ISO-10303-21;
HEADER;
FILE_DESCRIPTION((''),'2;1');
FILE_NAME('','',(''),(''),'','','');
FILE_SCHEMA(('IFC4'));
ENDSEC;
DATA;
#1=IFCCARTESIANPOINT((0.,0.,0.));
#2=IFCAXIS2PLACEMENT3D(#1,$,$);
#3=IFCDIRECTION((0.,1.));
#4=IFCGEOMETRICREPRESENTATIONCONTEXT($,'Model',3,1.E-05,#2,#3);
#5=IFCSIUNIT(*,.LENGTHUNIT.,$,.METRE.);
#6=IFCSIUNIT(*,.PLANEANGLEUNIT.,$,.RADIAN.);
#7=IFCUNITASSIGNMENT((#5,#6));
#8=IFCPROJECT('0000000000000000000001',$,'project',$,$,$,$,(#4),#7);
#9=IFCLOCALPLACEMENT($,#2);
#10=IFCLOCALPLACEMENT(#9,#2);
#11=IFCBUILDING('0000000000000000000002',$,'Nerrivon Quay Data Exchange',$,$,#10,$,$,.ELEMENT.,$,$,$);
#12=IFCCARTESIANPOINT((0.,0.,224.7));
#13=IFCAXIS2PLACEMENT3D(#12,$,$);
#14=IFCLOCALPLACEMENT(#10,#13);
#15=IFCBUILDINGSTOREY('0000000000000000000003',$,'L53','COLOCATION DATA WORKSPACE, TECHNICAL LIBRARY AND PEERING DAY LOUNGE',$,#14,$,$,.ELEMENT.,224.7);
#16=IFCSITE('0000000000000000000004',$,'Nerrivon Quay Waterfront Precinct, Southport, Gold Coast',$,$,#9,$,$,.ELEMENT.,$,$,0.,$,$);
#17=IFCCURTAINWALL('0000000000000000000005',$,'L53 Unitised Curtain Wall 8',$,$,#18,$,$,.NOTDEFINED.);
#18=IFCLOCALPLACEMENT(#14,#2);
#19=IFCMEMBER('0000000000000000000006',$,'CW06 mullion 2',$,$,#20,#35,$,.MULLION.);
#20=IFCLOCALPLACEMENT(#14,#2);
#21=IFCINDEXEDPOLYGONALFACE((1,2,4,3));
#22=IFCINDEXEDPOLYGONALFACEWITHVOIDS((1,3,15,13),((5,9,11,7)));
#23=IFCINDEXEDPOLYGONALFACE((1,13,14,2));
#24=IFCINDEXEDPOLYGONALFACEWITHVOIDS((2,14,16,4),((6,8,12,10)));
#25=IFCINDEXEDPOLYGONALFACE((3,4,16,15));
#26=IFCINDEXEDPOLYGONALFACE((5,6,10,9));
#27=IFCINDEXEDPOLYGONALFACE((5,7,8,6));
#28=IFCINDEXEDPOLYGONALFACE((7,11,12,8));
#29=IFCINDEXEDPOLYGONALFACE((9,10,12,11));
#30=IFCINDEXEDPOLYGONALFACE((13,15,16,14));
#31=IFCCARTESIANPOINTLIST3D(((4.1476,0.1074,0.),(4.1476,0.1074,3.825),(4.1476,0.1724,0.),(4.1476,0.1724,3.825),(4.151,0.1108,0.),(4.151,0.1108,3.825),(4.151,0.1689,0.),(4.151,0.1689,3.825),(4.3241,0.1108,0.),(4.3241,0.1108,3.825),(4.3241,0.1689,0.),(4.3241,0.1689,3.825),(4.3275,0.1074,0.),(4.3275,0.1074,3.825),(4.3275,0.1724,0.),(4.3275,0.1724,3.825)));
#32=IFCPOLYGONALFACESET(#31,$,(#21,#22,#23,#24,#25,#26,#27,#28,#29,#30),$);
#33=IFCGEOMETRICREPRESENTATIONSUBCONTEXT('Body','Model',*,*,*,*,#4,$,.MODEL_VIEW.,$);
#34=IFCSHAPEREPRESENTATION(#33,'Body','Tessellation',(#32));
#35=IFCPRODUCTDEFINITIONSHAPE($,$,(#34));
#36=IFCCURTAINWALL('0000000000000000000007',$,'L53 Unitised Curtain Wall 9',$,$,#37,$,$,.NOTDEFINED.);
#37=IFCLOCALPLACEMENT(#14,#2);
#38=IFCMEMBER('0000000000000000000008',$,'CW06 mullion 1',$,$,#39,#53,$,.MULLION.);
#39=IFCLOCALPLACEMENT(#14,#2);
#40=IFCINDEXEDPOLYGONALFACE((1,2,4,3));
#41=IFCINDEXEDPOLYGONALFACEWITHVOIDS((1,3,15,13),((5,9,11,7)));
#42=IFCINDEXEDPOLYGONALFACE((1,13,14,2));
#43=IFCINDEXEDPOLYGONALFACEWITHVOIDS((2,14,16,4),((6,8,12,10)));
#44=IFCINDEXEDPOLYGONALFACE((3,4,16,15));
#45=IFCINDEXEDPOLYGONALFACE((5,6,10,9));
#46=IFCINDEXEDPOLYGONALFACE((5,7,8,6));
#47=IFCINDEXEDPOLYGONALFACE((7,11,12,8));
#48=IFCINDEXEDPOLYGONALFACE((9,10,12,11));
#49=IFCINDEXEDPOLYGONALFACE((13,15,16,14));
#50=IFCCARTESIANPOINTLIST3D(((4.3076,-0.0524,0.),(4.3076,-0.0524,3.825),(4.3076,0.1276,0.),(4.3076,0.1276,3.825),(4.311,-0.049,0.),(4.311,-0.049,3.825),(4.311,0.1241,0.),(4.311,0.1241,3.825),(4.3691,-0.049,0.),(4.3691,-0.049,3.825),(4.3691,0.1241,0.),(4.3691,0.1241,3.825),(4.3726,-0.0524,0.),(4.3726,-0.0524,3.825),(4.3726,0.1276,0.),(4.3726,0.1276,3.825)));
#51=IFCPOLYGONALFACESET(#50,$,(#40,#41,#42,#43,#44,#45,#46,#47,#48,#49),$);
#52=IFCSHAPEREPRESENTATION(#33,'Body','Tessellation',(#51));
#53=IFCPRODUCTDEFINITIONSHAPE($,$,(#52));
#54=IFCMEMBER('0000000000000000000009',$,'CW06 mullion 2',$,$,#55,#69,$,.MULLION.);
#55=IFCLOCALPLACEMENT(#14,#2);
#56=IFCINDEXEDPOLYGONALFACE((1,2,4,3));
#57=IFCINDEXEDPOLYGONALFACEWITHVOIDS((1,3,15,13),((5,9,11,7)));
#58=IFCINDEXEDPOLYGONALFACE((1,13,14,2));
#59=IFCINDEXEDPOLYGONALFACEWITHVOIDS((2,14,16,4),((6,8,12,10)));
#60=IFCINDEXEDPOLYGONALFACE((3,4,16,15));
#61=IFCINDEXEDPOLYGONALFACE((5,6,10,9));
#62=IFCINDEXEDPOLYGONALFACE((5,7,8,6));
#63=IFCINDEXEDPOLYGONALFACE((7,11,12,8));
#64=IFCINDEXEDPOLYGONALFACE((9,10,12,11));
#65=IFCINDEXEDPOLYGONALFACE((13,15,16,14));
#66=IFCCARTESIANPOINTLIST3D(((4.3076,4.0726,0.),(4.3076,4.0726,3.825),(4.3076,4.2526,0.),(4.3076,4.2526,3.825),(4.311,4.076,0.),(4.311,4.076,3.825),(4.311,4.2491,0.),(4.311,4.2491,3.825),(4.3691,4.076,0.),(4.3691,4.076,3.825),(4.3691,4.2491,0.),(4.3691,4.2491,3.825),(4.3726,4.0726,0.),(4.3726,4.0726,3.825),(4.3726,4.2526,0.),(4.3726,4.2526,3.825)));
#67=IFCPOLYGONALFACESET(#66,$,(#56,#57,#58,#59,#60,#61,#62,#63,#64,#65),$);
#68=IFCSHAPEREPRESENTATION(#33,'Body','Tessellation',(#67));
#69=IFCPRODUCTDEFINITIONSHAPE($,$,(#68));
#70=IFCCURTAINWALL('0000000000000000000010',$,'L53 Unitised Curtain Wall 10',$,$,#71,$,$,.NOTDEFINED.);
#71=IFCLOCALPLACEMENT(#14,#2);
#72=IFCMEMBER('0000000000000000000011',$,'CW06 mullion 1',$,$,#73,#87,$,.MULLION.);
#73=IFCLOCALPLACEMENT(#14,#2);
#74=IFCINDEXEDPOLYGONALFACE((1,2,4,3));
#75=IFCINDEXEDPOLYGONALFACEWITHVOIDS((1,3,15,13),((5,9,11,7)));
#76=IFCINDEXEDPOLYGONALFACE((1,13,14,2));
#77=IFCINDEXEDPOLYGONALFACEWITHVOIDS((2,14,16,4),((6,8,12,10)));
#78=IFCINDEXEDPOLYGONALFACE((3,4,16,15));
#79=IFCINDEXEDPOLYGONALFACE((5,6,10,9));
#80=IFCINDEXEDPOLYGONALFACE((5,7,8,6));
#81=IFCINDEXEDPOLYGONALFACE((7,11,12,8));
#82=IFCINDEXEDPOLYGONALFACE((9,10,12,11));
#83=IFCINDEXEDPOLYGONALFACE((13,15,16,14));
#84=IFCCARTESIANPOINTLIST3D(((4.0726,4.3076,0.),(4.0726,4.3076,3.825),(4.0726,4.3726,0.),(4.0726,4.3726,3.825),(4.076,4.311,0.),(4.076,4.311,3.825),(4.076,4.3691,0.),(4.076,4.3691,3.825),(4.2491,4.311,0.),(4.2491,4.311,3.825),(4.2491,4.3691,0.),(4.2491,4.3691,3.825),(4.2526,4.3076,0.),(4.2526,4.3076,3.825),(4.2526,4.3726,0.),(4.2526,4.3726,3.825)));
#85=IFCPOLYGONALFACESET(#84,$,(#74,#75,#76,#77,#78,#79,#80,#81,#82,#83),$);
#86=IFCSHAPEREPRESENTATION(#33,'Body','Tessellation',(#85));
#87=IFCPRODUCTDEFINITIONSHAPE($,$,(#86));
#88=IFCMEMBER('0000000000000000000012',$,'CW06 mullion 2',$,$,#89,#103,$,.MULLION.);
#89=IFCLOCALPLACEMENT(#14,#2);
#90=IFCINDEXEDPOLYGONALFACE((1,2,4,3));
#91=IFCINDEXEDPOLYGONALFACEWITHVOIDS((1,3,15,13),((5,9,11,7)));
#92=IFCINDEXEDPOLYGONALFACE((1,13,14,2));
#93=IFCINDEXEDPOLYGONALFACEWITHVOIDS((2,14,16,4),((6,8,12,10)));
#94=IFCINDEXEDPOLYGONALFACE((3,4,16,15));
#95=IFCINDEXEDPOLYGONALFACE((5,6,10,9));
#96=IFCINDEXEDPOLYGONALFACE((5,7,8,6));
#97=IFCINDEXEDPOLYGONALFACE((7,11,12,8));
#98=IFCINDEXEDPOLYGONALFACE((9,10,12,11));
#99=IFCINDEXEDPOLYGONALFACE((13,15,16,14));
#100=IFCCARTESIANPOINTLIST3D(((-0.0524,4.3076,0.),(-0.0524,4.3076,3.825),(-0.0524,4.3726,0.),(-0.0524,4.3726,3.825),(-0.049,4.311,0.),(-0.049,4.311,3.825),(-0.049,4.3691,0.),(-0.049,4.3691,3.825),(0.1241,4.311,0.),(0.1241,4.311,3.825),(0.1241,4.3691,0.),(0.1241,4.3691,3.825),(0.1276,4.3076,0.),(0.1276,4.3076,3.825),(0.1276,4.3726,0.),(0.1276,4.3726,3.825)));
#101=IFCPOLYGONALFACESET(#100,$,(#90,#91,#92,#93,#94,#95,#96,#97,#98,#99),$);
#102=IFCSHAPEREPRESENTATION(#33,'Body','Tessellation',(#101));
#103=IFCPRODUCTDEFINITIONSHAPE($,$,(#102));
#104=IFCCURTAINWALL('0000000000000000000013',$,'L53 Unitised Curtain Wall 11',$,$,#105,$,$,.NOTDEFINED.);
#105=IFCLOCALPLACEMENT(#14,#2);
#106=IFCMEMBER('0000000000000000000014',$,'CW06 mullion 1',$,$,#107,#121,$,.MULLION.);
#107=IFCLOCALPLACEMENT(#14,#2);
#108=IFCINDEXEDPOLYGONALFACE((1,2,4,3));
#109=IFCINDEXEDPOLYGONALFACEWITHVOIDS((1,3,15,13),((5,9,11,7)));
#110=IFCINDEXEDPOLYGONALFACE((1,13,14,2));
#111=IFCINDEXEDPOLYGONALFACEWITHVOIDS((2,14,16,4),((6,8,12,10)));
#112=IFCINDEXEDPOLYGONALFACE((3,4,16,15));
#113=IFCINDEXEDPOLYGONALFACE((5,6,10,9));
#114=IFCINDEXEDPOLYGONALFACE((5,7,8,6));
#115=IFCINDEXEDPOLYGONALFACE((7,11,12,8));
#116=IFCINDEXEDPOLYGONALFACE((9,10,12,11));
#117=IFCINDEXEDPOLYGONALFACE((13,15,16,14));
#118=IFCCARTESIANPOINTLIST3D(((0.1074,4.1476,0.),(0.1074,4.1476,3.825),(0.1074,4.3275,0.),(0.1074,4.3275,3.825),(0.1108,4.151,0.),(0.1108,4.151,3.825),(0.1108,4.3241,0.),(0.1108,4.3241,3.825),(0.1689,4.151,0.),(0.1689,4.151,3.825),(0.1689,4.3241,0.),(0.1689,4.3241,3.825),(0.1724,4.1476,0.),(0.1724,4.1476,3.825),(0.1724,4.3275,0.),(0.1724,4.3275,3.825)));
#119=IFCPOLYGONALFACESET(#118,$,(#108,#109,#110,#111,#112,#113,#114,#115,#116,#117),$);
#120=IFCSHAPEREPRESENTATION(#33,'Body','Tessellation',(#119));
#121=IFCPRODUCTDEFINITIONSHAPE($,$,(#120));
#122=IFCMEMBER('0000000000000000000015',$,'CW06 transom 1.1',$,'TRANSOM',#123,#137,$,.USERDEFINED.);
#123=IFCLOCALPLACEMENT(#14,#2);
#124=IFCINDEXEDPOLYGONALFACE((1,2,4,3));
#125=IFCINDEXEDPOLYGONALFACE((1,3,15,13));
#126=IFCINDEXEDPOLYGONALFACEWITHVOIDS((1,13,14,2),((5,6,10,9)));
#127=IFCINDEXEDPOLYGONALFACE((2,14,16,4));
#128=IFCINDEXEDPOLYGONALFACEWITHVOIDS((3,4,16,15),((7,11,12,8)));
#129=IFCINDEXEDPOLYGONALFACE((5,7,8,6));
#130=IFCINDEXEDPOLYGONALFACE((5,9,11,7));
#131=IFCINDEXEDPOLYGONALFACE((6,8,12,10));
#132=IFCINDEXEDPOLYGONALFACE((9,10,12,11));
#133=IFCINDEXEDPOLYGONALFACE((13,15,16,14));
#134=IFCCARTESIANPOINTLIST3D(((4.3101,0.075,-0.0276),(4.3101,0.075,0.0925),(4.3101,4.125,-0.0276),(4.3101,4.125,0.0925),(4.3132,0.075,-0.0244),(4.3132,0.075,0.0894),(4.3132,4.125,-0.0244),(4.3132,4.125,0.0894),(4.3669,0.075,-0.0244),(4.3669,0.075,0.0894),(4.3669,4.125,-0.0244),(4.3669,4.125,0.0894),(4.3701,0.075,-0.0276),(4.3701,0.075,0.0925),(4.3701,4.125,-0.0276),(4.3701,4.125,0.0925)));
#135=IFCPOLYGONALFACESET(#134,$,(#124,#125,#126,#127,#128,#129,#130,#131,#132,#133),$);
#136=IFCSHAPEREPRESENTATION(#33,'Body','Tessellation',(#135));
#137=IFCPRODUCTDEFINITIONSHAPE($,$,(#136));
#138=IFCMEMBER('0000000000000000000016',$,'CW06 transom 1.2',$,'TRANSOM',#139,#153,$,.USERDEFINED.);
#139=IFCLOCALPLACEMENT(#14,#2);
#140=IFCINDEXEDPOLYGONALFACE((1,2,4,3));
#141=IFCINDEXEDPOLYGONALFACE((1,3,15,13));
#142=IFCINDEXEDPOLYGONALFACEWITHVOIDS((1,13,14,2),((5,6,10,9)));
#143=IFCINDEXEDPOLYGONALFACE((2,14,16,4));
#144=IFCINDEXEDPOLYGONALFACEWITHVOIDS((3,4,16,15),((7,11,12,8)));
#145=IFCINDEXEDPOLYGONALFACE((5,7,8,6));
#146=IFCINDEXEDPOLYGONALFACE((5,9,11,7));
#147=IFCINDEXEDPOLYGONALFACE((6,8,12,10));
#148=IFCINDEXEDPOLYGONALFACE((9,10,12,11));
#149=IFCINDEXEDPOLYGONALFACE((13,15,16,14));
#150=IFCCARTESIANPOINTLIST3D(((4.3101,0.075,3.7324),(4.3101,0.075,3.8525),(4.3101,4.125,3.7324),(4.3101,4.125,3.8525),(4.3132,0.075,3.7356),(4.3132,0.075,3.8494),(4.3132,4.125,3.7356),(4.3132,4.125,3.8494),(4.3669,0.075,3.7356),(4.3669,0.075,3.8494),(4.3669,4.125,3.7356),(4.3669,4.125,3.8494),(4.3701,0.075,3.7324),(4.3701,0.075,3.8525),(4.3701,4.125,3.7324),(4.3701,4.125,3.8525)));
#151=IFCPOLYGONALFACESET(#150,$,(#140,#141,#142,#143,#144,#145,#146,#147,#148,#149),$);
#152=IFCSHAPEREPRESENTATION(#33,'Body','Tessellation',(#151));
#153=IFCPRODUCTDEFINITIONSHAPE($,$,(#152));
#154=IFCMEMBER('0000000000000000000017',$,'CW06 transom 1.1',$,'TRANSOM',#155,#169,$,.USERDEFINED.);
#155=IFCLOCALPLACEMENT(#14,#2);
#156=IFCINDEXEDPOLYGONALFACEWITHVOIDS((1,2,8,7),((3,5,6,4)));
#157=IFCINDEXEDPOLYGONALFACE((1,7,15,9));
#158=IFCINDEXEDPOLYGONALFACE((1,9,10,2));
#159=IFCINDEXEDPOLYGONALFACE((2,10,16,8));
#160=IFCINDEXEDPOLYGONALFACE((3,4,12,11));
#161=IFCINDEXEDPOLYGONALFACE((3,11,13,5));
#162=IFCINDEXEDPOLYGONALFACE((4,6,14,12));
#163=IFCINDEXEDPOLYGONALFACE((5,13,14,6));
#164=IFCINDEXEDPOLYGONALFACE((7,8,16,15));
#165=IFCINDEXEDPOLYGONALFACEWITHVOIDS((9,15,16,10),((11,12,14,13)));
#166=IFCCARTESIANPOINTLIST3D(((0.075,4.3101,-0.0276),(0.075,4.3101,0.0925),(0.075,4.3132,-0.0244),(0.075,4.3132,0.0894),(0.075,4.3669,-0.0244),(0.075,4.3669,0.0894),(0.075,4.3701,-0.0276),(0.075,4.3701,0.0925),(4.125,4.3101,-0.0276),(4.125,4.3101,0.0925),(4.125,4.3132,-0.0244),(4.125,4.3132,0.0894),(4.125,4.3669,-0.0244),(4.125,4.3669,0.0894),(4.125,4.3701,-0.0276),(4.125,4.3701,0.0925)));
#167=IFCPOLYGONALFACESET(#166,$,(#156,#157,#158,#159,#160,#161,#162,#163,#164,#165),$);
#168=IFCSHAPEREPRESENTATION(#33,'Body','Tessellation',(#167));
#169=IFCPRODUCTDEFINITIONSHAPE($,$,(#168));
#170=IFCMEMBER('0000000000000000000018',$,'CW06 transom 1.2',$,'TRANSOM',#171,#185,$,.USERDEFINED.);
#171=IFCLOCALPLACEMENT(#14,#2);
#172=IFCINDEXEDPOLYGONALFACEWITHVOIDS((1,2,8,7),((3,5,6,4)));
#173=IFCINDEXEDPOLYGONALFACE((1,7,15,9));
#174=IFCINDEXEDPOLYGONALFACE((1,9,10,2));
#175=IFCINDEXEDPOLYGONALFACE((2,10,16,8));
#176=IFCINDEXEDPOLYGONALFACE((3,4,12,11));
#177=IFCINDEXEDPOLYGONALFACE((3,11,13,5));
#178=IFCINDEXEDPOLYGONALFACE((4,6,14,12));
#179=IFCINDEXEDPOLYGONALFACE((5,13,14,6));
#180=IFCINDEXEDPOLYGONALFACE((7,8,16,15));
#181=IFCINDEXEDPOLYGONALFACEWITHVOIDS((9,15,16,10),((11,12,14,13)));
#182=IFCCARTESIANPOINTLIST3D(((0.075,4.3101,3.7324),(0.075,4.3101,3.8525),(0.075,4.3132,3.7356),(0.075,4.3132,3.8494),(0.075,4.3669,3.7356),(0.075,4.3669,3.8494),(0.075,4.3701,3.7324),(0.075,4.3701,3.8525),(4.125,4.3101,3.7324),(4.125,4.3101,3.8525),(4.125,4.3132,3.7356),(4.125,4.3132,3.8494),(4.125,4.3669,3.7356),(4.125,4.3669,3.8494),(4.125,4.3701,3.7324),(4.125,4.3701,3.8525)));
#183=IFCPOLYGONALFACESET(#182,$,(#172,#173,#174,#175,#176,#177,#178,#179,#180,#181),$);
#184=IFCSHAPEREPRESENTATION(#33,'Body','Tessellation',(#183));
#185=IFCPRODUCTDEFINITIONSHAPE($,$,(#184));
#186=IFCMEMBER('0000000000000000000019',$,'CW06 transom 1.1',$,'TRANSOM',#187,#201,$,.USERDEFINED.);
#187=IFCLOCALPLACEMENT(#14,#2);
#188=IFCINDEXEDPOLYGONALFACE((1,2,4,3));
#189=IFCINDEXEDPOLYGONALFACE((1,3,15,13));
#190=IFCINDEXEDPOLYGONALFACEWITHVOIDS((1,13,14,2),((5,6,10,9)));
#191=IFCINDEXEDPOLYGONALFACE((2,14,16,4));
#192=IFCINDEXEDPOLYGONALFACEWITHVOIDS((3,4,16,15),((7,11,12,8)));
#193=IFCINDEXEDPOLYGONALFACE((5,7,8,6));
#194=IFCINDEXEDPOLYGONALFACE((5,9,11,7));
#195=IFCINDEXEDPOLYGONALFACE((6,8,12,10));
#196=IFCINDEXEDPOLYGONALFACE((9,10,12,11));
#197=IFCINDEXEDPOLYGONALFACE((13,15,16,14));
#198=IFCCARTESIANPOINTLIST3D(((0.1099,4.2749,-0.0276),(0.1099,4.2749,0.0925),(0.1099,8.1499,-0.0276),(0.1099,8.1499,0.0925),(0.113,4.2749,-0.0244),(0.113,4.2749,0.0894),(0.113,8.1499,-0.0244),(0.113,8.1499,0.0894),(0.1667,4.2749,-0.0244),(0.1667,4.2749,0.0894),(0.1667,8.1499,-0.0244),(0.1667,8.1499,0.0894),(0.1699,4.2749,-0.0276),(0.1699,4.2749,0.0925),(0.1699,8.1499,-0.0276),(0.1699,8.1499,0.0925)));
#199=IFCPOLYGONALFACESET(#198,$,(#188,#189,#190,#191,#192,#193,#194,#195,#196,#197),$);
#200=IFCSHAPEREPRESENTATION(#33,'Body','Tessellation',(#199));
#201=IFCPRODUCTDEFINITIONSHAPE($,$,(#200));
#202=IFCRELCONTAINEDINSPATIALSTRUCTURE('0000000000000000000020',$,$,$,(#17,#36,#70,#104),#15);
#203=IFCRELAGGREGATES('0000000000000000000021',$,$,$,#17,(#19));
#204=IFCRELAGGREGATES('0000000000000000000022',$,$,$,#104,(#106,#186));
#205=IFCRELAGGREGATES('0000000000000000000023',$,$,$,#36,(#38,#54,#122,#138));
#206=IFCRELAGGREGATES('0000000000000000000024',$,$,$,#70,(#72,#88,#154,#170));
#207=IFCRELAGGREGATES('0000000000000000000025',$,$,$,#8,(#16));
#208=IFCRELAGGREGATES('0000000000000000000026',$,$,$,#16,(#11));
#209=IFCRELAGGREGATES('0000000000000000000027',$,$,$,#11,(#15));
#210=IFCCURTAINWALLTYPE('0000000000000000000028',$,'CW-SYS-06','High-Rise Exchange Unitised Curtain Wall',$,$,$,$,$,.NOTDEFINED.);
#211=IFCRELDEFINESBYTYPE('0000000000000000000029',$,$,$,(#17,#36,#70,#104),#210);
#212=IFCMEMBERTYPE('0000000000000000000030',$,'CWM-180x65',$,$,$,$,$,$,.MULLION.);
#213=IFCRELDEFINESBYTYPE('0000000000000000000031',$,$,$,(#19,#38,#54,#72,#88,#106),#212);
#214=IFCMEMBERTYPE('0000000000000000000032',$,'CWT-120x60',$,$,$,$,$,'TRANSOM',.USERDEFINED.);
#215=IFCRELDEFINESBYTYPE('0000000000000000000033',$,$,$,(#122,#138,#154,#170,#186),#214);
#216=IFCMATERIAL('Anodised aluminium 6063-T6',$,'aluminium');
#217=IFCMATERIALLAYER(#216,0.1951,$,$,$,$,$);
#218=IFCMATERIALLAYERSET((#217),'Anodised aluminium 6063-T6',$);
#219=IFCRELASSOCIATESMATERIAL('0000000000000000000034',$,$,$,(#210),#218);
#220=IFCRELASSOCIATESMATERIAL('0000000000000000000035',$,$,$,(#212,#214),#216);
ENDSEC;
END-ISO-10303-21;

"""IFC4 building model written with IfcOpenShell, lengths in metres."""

from ifc_helpers import new_model, si_unit, direction, frame, origin, origin_2d, place, context, subcontext, project, spatial, hollow_rectangle, extrude, material, layer, layer_set, material_profile, profile_set, type_object, element, aggregate, save


model = new_model("IFC4")

# Units and contexts
model_context = context("Model", 3, precision=1e-05, world=origin(), true_north=direction((0.0, 1.0)))
body_context = subcontext(model_context, "Body", "Model", "MODEL_VIEW")
ifc_project = project(units=[si_unit("LENGTHUNIT", "METRE"), si_unit("PLANEANGLEUNIT", "RADIAN")], contexts=[model_context])

# Site, building, storey
site_placement = place(None, origin())
site = spatial("IfcSite", under=ifc_project, at=site_placement, Name="Nerrivon Quay Waterfront Precinct, Southport, Gold Coast", CompositionType="ELEMENT", RefElevation=0.0)
building_placement = place(site_placement, origin())
building = spatial("IfcBuilding", under=site, at=building_placement, Name="Nerrivon Quay Data Exchange", CompositionType="ELEMENT")
storey_placement = place(building_placement, frame((0.0, 0.0, 224.7)))
storey = spatial("IfcBuildingStorey", under=building, at=storey_placement, Name="L53", Description="COLOCATION DATA WORKSPACE, TECHNICAL LIBRARY AND PEERING DAY LOUNGE", CompositionType="ELEMENT", Elevation=224.7)

# Curtain wall, member
ifc_material_1 = material(Name="Anodised aluminium 6063-T6", Category="aluminium")
ifc_layer_1 = layer(ifc_material_1, 0.1951)
ifc_layer_set_1 = layer_set([ifc_layer_1], Name="Anodised aluminium 6063-T6")
curtain_wall_type = type_object("IfcCurtainWallType", Name="CW-SYS-06", Description="High-Rise Exchange Unitised Curtain Wall", PredefinedType="NOTDEFINED", material=ifc_layer_set_1)
curtain_wall_1_placement = place(storey_placement, origin())
curtain_wall_1 = element("IfcCurtainWall", 1, at=curtain_wall_1_placement, inside=storey, type_object=curtain_wall_type, Name="L53 Unitised Curtain Wall 8", PredefinedType="NOTDEFINED")
ifc_material_profile_1 = material_profile(ifc_material_1, hollow_rectangle(XDim=0.0649, YDim=0.1799, WallThickness=0.0034, at=origin_2d()), Name="ALU-MULL-180x65")
ifc_profile_set_1 = profile_set([ifc_material_profile_1], Name="Anodised aluminium 6063-T6")
member_type_1 = type_object("IfcMemberType", Name="CWM-180x65", PredefinedType="MULLION", material=ifc_profile_set_1)
member_1_placement = place(storey_placement, frame((4.2375, 0.1399, 0.0), z_axis=(0.0, 0.0, 1.0), x_axis=(0.0, -1.0, 0.0)))
member_1 = element("IfcMember", 2, at=member_1_placement, type_object=member_type_1, Name="CW06 mullion 2", PredefinedType="MULLION", context=body_context, shape_type="SweptSolid", body=[
    extrude(hollow_rectangle(XDim=0.0649, YDim=0.1799, WallThickness=0.0034, at=origin_2d()), origin(), (0.0, 0.0, 1.0), 3.825),
])
aggregate(curtain_wall_1, [member_1])

# Curtain walls, members
curtain_wall_2_placement = place(storey_placement, origin())
curtain_wall_2 = element("IfcCurtainWall", 3, at=curtain_wall_2_placement, inside=storey, type_object=curtain_wall_type, Name="L53 Unitised Curtain Wall 9", PredefinedType="NOTDEFINED")
member_2_placement = place(storey_placement, frame((4.3401, 0.0376, 0.0), z_axis=(0.0, 0.0, 1.0), x_axis=(-1.0, 0.0, 0.0)))
member_2 = element("IfcMember", 4, at=member_2_placement, type_object=member_type_1, Name="CW06 mullion 1", PredefinedType="MULLION", context=body_context, shape_type="SweptSolid", body=[
    extrude(hollow_rectangle(XDim=0.0649, YDim=0.1799, WallThickness=0.0034, at=origin_2d()), origin(), (0.0, 0.0, 1.0), 3.825),
])
member_3_placement = place(storey_placement, frame((4.3401, 4.1626, 0.0), z_axis=(0.0, 0.0, 1.0), x_axis=(-1.0, 0.0, 0.0)))
member_3 = element("IfcMember", 5, at=member_3_placement, type_object=member_type_1, Name="CW06 mullion 2", PredefinedType="MULLION", context=body_context, shape_type="SweptSolid", body=[
    extrude(hollow_rectangle(XDim=0.0649, YDim=0.1799, WallThickness=0.0034, at=origin_2d()), origin(), (0.0, 0.0, 1.0), 3.825),
])
curtain_wall_3_placement = place(storey_placement, origin())
curtain_wall_3 = element("IfcCurtainWall", 6, at=curtain_wall_3_placement, inside=storey, type_object=curtain_wall_type, Name="L53 Unitised Curtain Wall 10", PredefinedType="NOTDEFINED")
member_4_placement = place(storey_placement, frame((4.1626, 4.3401, 0.0), z_axis=(0.0, 0.0, 1.0), x_axis=(0.0, -1.0, 0.0)))
member_4 = element("IfcMember", 7, at=member_4_placement, type_object=member_type_1, Name="CW06 mullion 1", PredefinedType="MULLION", context=body_context, shape_type="SweptSolid", body=[
    extrude(hollow_rectangle(XDim=0.0649, YDim=0.1799, WallThickness=0.0034, at=origin_2d()), origin(), (0.0, 0.0, 1.0), 3.825),
])
member_5_placement = place(storey_placement, frame((0.0376, 4.3401, 0.0), z_axis=(0.0, 0.0, 1.0), x_axis=(0.0, -1.0, 0.0)))
member_5 = element("IfcMember", 8, at=member_5_placement, type_object=member_type_1, Name="CW06 mullion 2", PredefinedType="MULLION", context=body_context, shape_type="SweptSolid", body=[
    extrude(hollow_rectangle(XDim=0.0649, YDim=0.1799, WallThickness=0.0034, at=origin_2d()), origin(), (0.0, 0.0, 1.0), 3.825),
])

# Curtain wall, member
curtain_wall_4_placement = place(storey_placement, origin())
curtain_wall_4 = element("IfcCurtainWall", 9, at=curtain_wall_4_placement, inside=storey, type_object=curtain_wall_type, Name="L53 Unitised Curtain Wall 11", PredefinedType="NOTDEFINED")
member_6_placement = place(storey_placement, frame((0.1399, 4.2375, 0.0), z_axis=(0.0, 0.0, 1.0), x_axis=(-1.0, 0.0, 0.0)))
member_6 = element("IfcMember", 10, at=member_6_placement, type_object=member_type_1, Name="CW06 mullion 1", PredefinedType="MULLION", context=body_context, shape_type="SweptSolid", body=[
    extrude(hollow_rectangle(XDim=0.0649, YDim=0.1799, WallThickness=0.0034, at=origin_2d()), origin(), (0.0, 0.0, 1.0), 3.825),
])

# Members
ifc_material_profile_2 = material_profile(ifc_material_1, hollow_rectangle(XDim=0.0601, YDim=0.1201, WallThickness=0.0032, at=origin_2d()), Name="ALU-TRAN-120x60")
ifc_profile_set_2 = profile_set([ifc_material_profile_2], Name="Anodised aluminium 6063-T6")
member_type_2 = type_object("IfcMemberType", Name="CWT-120x60", ElementType="TRANSOM", PredefinedType="USERDEFINED", material=ifc_profile_set_2)
member_7_placement = place(storey_placement, frame((4.3401, 0.075, 0.0325), z_axis=(0.0, 1.0, 0.0), x_axis=(-1.0, 0.0, 0.0)))
member_7 = element("IfcMember", 11, at=member_7_placement, type_object=member_type_2, Name="CW06 transom 1.1", ObjectType="TRANSOM", PredefinedType="USERDEFINED", context=body_context, shape_type="SweptSolid", body=[
    extrude(hollow_rectangle(XDim=0.0601, YDim=0.1201, WallThickness=0.0032, at=origin_2d()), origin(), (0.0, 0.0, 1.0), 4.05),
])
member_8_placement = place(storey_placement, frame((4.3401, 0.075, 3.7925), z_axis=(0.0, 1.0, 0.0), x_axis=(-1.0, 0.0, 0.0)))
member_8 = element("IfcMember", 12, at=member_8_placement, type_object=member_type_2, Name="CW06 transom 1.2", ObjectType="TRANSOM", PredefinedType="USERDEFINED", context=body_context, shape_type="SweptSolid", body=[
    extrude(hollow_rectangle(XDim=0.0601, YDim=0.1201, WallThickness=0.0032, at=origin_2d()), origin(), (0.0, 0.0, 1.0), 4.05),
])
member_9_placement = place(storey_placement, frame((4.125, 4.3401, 0.0325), z_axis=(-1.0, 0.0, 0.0), x_axis=(0.0, -1.0, 0.0)))
member_9 = element("IfcMember", 13, at=member_9_placement, type_object=member_type_2, Name="CW06 transom 1.1", ObjectType="TRANSOM", PredefinedType="USERDEFINED", context=body_context, shape_type="SweptSolid", body=[
    extrude(hollow_rectangle(XDim=0.0601, YDim=0.1201, WallThickness=0.0032, at=origin_2d()), origin(), (0.0, 0.0, 1.0), 4.05),
])
member_10_placement = place(storey_placement, frame((4.125, 4.3401, 3.7925), z_axis=(-1.0, 0.0, 0.0), x_axis=(0.0, -1.0, 0.0)))
member_10 = element("IfcMember", 14, at=member_10_placement, type_object=member_type_2, Name="CW06 transom 1.2", ObjectType="TRANSOM", PredefinedType="USERDEFINED", context=body_context, shape_type="SweptSolid", body=[
    extrude(hollow_rectangle(XDim=0.0601, YDim=0.1201, WallThickness=0.0032, at=origin_2d()), origin(), (0.0, 0.0, 1.0), 4.05),
])
member_11_placement = place(storey_placement, frame((0.1399, 4.2749, 0.0325), z_axis=(0.0, 1.0, 0.0), x_axis=(-1.0, 0.0, 0.0)))
member_11 = element("IfcMember", 15, at=member_11_placement, type_object=member_type_2, Name="CW06 transom 1.1", ObjectType="TRANSOM", PredefinedType="USERDEFINED", context=body_context, shape_type="SweptSolid", body=[
    extrude(hollow_rectangle(XDim=0.0601, YDim=0.1201, WallThickness=0.0032, at=origin_2d()), origin(), (0.0, 0.0, 1.0), 3.875),
])
aggregate(curtain_wall_4, [member_6, member_11])

aggregate(curtain_wall_2, [member_2, member_3, member_7, member_8])
aggregate(curtain_wall_3, [member_4, member_5, member_9, member_10])

save(model, "model.ifc")
